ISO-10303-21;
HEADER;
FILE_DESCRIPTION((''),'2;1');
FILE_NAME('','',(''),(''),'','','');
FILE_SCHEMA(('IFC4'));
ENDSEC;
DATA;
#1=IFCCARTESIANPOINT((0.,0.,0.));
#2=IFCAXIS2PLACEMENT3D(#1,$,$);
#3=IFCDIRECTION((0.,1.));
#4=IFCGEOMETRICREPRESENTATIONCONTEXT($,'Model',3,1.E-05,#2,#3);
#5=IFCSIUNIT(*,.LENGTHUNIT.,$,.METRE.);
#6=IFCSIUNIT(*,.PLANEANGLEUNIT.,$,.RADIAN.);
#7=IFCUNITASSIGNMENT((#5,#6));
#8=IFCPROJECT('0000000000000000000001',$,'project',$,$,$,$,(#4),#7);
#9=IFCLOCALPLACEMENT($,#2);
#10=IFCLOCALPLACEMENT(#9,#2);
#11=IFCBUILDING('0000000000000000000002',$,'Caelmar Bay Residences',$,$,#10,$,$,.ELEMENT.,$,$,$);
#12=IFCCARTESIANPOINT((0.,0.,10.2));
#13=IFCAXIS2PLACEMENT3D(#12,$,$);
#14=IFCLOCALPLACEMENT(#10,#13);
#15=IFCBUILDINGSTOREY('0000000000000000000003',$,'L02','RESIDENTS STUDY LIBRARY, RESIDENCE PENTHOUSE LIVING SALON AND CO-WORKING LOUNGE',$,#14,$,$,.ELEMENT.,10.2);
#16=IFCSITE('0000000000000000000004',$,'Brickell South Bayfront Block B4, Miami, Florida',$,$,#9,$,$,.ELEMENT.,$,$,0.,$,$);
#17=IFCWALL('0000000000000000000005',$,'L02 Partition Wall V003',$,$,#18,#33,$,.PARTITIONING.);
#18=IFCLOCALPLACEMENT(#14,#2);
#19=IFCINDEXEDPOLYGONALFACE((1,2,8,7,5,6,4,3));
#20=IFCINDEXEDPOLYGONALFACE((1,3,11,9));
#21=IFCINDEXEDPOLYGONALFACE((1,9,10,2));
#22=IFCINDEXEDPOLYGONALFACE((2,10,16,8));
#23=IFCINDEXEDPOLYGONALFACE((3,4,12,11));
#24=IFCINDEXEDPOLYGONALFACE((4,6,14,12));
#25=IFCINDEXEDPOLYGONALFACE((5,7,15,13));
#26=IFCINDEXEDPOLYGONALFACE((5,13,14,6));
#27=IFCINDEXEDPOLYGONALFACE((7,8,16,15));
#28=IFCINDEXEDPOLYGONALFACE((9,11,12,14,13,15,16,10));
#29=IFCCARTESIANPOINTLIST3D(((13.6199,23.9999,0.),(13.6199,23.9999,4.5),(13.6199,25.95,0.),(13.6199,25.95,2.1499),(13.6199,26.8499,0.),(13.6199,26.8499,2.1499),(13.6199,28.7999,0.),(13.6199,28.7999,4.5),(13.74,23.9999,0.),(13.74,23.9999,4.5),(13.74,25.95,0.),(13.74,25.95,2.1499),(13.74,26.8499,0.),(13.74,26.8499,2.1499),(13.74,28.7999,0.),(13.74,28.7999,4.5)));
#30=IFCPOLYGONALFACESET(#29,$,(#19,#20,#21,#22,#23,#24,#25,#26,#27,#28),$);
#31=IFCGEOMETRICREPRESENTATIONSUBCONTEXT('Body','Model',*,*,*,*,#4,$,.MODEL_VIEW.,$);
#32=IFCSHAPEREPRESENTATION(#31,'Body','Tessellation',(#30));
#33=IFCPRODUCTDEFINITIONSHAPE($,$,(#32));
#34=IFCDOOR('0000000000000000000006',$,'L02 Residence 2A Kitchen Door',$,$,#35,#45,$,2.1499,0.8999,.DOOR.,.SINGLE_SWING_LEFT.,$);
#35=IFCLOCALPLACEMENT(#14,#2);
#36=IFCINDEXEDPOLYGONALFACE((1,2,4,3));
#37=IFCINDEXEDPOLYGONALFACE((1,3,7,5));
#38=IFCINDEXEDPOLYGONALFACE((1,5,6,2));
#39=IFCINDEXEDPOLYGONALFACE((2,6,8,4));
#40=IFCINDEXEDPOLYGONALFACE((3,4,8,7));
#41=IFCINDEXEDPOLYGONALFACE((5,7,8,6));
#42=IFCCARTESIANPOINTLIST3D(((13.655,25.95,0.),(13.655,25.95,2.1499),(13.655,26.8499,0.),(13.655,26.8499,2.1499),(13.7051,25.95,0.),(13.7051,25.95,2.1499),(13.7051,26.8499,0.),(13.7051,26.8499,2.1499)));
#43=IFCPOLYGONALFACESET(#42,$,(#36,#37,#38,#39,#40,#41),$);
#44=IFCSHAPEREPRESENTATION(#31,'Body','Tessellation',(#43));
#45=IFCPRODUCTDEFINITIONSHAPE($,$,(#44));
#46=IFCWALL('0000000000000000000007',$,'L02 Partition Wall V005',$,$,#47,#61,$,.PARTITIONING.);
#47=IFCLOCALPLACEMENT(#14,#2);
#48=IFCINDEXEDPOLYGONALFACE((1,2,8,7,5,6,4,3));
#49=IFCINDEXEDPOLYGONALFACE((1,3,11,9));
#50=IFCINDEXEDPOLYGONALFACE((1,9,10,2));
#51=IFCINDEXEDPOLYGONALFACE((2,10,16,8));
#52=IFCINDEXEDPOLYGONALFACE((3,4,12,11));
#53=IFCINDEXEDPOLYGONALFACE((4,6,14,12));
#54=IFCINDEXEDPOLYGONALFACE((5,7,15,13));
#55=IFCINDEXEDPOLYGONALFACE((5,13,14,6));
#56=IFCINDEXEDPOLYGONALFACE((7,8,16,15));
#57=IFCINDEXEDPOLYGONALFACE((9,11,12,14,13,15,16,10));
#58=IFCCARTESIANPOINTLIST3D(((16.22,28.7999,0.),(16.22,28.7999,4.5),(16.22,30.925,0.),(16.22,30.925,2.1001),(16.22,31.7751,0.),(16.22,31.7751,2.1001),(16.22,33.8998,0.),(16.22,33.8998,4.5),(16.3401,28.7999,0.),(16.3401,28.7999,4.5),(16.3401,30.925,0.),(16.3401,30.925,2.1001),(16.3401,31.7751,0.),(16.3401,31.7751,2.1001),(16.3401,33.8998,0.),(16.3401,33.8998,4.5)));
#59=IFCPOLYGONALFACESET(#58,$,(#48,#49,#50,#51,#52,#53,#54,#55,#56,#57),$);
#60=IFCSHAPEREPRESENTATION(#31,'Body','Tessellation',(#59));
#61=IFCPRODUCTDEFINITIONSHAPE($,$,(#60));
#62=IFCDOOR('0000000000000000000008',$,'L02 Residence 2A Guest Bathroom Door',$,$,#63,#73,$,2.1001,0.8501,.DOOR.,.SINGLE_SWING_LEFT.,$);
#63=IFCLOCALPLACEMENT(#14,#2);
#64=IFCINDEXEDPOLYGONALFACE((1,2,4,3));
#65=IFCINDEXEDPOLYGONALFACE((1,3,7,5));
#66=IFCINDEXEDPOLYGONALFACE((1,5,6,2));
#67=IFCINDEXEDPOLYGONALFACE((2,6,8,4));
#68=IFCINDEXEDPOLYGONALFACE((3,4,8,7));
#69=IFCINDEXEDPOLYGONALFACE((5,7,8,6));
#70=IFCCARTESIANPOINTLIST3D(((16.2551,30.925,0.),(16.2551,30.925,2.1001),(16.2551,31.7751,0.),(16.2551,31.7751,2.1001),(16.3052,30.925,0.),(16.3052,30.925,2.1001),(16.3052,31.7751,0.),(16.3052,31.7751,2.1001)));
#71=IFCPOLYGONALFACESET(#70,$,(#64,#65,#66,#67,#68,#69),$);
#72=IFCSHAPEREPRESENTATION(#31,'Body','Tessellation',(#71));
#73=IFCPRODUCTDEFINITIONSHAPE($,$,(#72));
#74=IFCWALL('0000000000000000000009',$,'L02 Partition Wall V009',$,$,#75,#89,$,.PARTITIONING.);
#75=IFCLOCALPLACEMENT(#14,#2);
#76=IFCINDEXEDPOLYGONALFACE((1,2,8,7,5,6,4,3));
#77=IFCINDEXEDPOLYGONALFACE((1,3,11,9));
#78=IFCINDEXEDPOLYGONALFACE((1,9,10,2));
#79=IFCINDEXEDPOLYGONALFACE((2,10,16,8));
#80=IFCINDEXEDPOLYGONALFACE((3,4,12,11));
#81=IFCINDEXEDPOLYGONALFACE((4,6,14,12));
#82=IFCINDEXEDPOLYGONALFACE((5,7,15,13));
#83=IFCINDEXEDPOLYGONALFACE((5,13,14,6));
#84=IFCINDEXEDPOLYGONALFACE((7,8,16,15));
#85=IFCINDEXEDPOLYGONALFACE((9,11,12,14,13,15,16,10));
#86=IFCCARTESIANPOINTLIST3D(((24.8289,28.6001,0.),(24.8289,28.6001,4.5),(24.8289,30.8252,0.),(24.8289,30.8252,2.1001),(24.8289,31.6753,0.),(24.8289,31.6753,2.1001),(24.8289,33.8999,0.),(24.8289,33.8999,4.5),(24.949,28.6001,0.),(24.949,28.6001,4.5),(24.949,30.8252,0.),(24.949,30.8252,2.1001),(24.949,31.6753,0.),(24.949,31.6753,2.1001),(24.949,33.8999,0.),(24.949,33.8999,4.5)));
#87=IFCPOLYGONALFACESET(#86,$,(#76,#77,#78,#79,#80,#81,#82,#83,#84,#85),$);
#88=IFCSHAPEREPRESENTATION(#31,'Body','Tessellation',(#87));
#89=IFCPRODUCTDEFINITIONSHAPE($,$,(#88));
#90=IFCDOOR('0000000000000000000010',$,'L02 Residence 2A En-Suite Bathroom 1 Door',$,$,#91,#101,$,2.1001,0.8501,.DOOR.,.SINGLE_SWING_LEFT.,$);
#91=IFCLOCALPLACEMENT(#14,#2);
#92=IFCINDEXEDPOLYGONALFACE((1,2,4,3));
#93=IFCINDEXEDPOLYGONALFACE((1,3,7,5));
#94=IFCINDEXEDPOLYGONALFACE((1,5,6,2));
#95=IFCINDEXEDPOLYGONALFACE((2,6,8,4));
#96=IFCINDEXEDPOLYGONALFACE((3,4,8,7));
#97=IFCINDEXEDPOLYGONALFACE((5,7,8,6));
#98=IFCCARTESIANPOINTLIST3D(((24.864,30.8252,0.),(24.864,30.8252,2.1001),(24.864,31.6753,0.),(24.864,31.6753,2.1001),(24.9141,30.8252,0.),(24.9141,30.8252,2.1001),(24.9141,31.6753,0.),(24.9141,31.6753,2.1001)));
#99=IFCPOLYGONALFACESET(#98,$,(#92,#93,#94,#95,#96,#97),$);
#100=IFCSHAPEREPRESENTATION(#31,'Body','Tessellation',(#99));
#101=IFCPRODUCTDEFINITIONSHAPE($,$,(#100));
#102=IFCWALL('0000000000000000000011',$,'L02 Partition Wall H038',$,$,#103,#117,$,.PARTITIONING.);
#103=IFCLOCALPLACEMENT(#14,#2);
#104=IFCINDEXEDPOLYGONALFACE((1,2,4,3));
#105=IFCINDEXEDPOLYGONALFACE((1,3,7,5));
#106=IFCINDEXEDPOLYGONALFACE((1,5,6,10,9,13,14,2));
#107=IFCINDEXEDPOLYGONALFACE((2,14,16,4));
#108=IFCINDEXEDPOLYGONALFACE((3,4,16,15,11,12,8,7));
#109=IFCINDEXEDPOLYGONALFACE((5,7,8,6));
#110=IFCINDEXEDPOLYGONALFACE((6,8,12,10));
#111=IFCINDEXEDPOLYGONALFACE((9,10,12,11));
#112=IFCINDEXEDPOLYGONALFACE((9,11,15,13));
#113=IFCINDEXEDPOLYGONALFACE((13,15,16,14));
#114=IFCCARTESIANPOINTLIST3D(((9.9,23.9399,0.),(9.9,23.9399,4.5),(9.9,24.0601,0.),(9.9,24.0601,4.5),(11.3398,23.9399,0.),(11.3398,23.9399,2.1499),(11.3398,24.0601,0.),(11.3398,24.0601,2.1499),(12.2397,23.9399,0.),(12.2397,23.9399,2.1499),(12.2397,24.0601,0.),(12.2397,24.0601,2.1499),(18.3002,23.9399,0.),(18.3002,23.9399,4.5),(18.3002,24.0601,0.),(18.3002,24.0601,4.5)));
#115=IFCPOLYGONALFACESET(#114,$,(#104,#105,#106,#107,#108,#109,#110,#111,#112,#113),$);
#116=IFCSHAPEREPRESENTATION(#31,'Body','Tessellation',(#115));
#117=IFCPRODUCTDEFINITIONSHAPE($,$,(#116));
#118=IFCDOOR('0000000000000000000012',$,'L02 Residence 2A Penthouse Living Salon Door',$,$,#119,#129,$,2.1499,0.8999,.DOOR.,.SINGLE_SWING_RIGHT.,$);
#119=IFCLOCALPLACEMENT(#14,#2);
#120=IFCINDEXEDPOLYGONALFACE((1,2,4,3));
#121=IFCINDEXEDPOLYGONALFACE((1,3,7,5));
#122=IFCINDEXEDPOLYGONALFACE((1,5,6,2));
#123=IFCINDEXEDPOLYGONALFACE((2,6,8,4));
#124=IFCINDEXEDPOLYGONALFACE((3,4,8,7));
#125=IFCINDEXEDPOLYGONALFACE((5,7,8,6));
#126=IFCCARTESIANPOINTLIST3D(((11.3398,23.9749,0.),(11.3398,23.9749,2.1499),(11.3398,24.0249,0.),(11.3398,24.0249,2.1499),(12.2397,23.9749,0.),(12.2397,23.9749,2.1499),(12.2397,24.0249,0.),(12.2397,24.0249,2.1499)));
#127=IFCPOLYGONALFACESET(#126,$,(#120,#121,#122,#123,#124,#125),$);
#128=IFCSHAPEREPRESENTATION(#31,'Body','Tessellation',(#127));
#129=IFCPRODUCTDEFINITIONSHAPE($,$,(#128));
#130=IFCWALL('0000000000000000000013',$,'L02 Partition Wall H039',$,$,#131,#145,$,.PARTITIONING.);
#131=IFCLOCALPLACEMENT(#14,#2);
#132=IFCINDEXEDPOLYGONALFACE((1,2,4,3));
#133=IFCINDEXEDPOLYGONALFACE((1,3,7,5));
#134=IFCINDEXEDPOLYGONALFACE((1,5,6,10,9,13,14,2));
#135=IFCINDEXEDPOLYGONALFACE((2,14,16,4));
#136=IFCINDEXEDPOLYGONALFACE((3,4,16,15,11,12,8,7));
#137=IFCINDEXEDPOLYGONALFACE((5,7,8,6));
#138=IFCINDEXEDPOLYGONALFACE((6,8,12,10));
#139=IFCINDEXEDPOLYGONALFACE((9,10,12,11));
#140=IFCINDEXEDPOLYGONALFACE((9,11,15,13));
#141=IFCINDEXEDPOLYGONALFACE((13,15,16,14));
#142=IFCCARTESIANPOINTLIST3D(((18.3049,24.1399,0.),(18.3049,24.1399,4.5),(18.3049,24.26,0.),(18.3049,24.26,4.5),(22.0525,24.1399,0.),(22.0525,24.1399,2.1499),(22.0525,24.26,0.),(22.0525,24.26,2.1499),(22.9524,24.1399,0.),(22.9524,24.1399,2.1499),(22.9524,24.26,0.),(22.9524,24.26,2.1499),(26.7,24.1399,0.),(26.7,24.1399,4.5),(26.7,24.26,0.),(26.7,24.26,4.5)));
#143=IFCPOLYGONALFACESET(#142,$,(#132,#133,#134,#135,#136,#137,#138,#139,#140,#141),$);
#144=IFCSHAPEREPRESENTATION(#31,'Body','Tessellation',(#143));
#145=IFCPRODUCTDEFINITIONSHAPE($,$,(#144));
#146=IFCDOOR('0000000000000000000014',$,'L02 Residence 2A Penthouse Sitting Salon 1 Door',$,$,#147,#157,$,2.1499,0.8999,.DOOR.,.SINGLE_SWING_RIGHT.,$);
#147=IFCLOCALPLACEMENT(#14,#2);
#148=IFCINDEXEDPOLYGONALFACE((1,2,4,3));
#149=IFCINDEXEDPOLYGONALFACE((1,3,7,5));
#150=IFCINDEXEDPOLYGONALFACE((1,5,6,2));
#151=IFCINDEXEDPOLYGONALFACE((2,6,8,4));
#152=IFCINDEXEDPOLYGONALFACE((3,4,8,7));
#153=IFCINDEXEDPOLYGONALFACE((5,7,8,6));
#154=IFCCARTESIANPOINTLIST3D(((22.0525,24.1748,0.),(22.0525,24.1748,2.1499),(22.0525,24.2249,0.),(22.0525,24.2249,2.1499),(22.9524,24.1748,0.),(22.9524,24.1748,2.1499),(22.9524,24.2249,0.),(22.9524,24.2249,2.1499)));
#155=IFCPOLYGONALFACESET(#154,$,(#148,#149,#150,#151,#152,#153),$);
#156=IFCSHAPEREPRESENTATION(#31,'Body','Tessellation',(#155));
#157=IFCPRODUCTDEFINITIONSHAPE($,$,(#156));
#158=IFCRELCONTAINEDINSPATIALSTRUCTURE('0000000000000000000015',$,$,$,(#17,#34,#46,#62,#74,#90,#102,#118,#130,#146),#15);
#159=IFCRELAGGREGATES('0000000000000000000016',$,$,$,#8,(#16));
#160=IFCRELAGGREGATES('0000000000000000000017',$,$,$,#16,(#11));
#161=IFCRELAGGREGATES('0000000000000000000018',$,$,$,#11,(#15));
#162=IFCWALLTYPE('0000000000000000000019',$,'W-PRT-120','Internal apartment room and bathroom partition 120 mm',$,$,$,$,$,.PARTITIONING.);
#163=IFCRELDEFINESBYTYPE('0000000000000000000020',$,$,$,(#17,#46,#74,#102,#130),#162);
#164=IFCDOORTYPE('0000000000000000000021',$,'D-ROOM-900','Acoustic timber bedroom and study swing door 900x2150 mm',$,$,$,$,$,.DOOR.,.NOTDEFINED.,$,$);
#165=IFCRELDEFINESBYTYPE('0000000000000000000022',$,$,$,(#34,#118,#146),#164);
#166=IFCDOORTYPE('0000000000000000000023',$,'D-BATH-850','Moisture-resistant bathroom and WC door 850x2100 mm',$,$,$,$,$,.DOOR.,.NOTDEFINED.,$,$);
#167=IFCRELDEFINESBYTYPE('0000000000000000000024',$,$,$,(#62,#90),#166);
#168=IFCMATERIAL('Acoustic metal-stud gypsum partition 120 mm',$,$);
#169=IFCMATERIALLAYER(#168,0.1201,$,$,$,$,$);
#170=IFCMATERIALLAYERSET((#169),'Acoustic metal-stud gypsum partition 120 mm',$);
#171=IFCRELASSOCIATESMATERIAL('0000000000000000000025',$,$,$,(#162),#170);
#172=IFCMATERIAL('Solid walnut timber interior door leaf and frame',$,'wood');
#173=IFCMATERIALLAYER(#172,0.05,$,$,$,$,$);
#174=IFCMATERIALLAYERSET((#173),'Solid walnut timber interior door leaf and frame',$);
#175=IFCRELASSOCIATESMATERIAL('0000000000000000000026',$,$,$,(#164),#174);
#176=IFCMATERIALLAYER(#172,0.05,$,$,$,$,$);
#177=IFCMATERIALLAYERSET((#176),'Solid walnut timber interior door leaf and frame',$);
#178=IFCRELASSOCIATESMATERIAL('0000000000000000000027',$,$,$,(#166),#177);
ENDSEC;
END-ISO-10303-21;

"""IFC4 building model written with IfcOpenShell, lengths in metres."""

from ifc_helpers import new_model, si_unit, direction, frame, frame_2d, origin, place, context, subcontext, project, spatial, rectangle, extrude, material, layer, layer_set, type_object, element, fill, save


model = new_model("IFC4")

# Units and contexts
model_context = context("Model", 3, precision=1e-05, world=origin(), true_north=direction((0.0, 1.0)))
body_context = subcontext(model_context, "Body", "Model", "MODEL_VIEW")
ifc_project = project(units=[si_unit("LENGTHUNIT", "METRE"), si_unit("PLANEANGLEUNIT", "RADIAN")], contexts=[model_context])

# Site, building, storey
site_placement = place(None, origin())
site = spatial("IfcSite", under=ifc_project, at=site_placement, Name="Brickell South Bayfront Block B4, Miami, Florida", CompositionType="ELEMENT", RefElevation=0.0)
building_placement = place(site_placement, origin())
building = spatial("IfcBuilding", under=site, at=building_placement, Name="Caelmar Bay Residences", CompositionType="ELEMENT")
storey_placement = place(building_placement, frame((0.0, 0.0, 10.2)))
storey = spatial("IfcBuildingStorey", under=building, at=storey_placement, Name="L02", Description="RESIDENTS STUDY LIBRARY, RESIDENCE PENTHOUSE LIVING SALON AND CO-WORKING LOUNGE", CompositionType="ELEMENT", Elevation=10.2)

# Walls, openings, doors
ifc_material_1 = material(Name="Acoustic metal-stud gypsum partition 120 mm")
ifc_layer_1 = layer(ifc_material_1, 0.1201)
ifc_layer_set_1 = layer_set([ifc_layer_1], Name="Acoustic metal-stud gypsum partition 120 mm")
wall_type = type_object("IfcWallType", Name="W-PRT-120", Description="Internal apartment room and bathroom partition 120 mm", PredefinedType="PARTITIONING", material=ifc_layer_set_1)
wall_1_placement = place(storey_placement, frame((13.6799, 24.0, 0.0), z_axis=(0.0, 0.0, 1.0), x_axis=(0.0, 1.0, 0.0)))
wall_1 = element("IfcWall", 1, at=wall_1_placement, inside=storey, type_object=wall_type, Name="L02 Partition Wall V003", PredefinedType="PARTITIONING", context=body_context, shape_type="SweptSolid", body=[
    extrude(rectangle(XDim=4.8, YDim=0.1201, at=frame_2d((2.3999, 0.0))), origin(), (0.0, 0.0, 1.0), 4.5),
])
opening_1_placement = place(wall_1_placement, frame((1.95, 0.0, 0.0)))
opening_1 = element("IfcOpeningElement", 2, at=opening_1_placement, cuts=wall_1, PredefinedType="OPENING", context=body_context, shape_type="SweptSolid", body=[
    extrude(rectangle(XDim=0.8999, YDim=2.1499, at=frame_2d((0.45, 1.075))), frame((0.0, 0.0701, 0.0), z_axis=(0.0, -1.0, 0.0), x_axis=(1.0, 0.0, 0.0)), (0.0, 0.0, 1.0), 0.1401),
])
ifc_material_2 = material(Name="Solid walnut timber interior door leaf and frame", Category="wood")
ifc_layer_2 = layer(ifc_material_2, 0.05)
ifc_layer_set_2 = layer_set([ifc_layer_2], Name="Solid walnut timber interior door leaf and frame")
door_type_1 = type_object("IfcDoorType", Name="D-ROOM-900", Description="Acoustic timber bedroom and study swing door 900x2150 mm", OperationType="NOTDEFINED", PredefinedType="DOOR", material=ifc_layer_set_2)
door_1_placement = place(opening_1_placement, origin())
door_1 = element("IfcDoor", 3, at=door_1_placement, inside=storey, type_object=door_type_1, Name="L02 Residence 2A Kitchen Door", OperationType="SINGLE_SWING_LEFT", OverallHeight=2.1499, OverallWidth=0.8999, PredefinedType="DOOR", context=body_context, shape_type="SweptSolid", body=[
    extrude(rectangle(XDim=0.8999, YDim=2.1499, at=frame_2d((0.45, 1.075))), frame((0.0, 0.0249, 0.0), z_axis=(0.0, -1.0, 0.0), x_axis=(1.0, 0.0, 0.0)), (0.0, 0.0, 1.0), 0.05),
])
fill(opening_1, door_1)
wall_2_placement = place(storey_placement, frame((16.28, 28.8, 0.0), z_axis=(0.0, 0.0, 1.0), x_axis=(0.0, 1.0, 0.0)))
wall_2 = element("IfcWall", 4, at=wall_2_placement, inside=storey, type_object=wall_type, Name="L02 Partition Wall V005", PredefinedType="PARTITIONING", context=body_context, shape_type="SweptSolid", body=[
    extrude(rectangle(XDim=5.0999, YDim=0.1201, at=frame_2d((2.5498, 0.0))), origin(), (0.0, 0.0, 1.0), 4.5),
])
opening_2_placement = place(wall_2_placement, frame((2.125, 0.0, 0.0)))
opening_2 = element("IfcOpeningElement", 5, at=opening_2_placement, cuts=wall_2, PredefinedType="OPENING", context=body_context, shape_type="SweptSolid", body=[
    extrude(rectangle(XDim=0.8501, YDim=2.1001, at=frame_2d((0.425, 1.05))), frame((0.0, 0.0701, 0.0), z_axis=(0.0, -1.0, 0.0), x_axis=(1.0, 0.0, 0.0)), (0.0, 0.0, 1.0), 0.1401),
])
ifc_layer_3 = layer(ifc_material_2, 0.05)
ifc_layer_set_3 = layer_set([ifc_layer_3], Name="Solid walnut timber interior door leaf and frame")
door_type_2 = type_object("IfcDoorType", Name="D-BATH-850", Description="Moisture-resistant bathroom and WC door 850x2100 mm", OperationType="NOTDEFINED", PredefinedType="DOOR", material=ifc_layer_set_3)
door_2_placement = place(opening_2_placement, origin())
door_2 = element("IfcDoor", 6, at=door_2_placement, inside=storey, type_object=door_type_2, Name="L02 Residence 2A Guest Bathroom Door", OperationType="SINGLE_SWING_LEFT", OverallHeight=2.1001, OverallWidth=0.8501, PredefinedType="DOOR", context=body_context, shape_type="SweptSolid", body=[
    extrude(rectangle(XDim=0.8501, YDim=2.1001, at=frame_2d((0.425, 1.05))), frame((0.0, 0.0249, 0.0), z_axis=(0.0, -1.0, 0.0), x_axis=(1.0, 0.0, 0.0)), (0.0, 0.0, 1.0), 0.05),
])
fill(opening_2, door_2)
wall_3_placement = place(storey_placement, frame((24.8889, 28.6001, 0.0), z_axis=(0.0, 0.0, 1.0), x_axis=(0.0, 1.0, 0.0)))
wall_3 = element("IfcWall", 7, at=wall_3_placement, inside=storey, type_object=wall_type, Name="L02 Partition Wall V009", PredefinedType="PARTITIONING", context=body_context, shape_type="SweptSolid", body=[
    extrude(rectangle(XDim=5.2998, YDim=0.1201, at=frame_2d((2.6499, 0.0))), origin(), (0.0, 0.0, 1.0), 4.5),
])
opening_3_placement = place(wall_3_placement, frame((2.2251, 0.0, 0.0)))
opening_3 = element("IfcOpeningElement", 8, at=opening_3_placement, cuts=wall_3, PredefinedType="OPENING", context=body_context, shape_type="SweptSolid", body=[
    extrude(rectangle(XDim=0.8501, YDim=2.1001, at=frame_2d((0.425, 1.05))), frame((0.0, 0.0701, 0.0), z_axis=(0.0, -1.0, 0.0), x_axis=(1.0, 0.0, 0.0)), (0.0, 0.0, 1.0), 0.1401),
])
door_3_placement = place(opening_3_placement, origin())
door_3 = element("IfcDoor", 9, at=door_3_placement, inside=storey, type_object=door_type_2, Name="L02 Residence 2A En-Suite Bathroom 1 Door", OperationType="SINGLE_SWING_LEFT", OverallHeight=2.1001, OverallWidth=0.8501, PredefinedType="DOOR", context=body_context, shape_type="SweptSolid", body=[
    extrude(rectangle(XDim=0.8501, YDim=2.1001, at=frame_2d((0.425, 1.05))), frame((0.0, 0.0249, 0.0), z_axis=(0.0, -1.0, 0.0), x_axis=(1.0, 0.0, 0.0)), (0.0, 0.0, 1.0), 0.05),
])
fill(opening_3, door_3)
wall_4_placement = place(storey_placement, frame((9.8999, 24.0, 0.0), z_axis=(0.0, 0.0, 1.0), x_axis=(1.0, 0.0, 0.0)))
wall_4 = element("IfcWall", 10, at=wall_4_placement, inside=storey, type_object=wall_type, Name="L02 Partition Wall H038", PredefinedType="PARTITIONING", context=body_context, shape_type="SweptSolid", body=[
    extrude(rectangle(XDim=8.4001, YDim=0.1201, at=frame_2d((4.2002, 0.0))), origin(), (0.0, 0.0, 1.0), 4.5),
])
opening_4_placement = place(wall_4_placement, frame((1.4399, 0.0, 0.0)))
opening_4 = element("IfcOpeningElement", 11, at=opening_4_placement, cuts=wall_4, PredefinedType="OPENING", context=body_context, shape_type="SweptSolid", body=[
    extrude(rectangle(XDim=0.8999, YDim=2.1499, at=frame_2d((0.45, 1.075))), frame((0.0, 0.0701, 0.0), z_axis=(0.0, -1.0, 0.0), x_axis=(1.0, 0.0, 0.0)), (0.0, 0.0, 1.0), 0.1401),
])
door_4_placement = place(opening_4_placement, origin())
door_4 = element("IfcDoor", 12, at=door_4_placement, inside=storey, type_object=door_type_1, Name="L02 Residence 2A Penthouse Living Salon Door", OperationType="SINGLE_SWING_RIGHT", OverallHeight=2.1499, OverallWidth=0.8999, PredefinedType="DOOR", context=body_context, shape_type="SweptSolid", body=[
    extrude(rectangle(XDim=0.8999, YDim=2.1499, at=frame_2d((0.45, 1.075))), frame((0.0, 0.0249, 0.0), z_axis=(0.0, -1.0, 0.0), x_axis=(1.0, 0.0, 0.0)), (0.0, 0.0, 1.0), 0.05),
])
fill(opening_4, door_4)
wall_5_placement = place(storey_placement, frame((18.3049, 24.2, 0.0), z_axis=(0.0, 0.0, 1.0), x_axis=(1.0, 0.0, 0.0)))
wall_5 = element("IfcWall", 13, at=wall_5_placement, inside=storey, type_object=wall_type, Name="L02 Partition Wall H039", PredefinedType="PARTITIONING", context=body_context, shape_type="SweptSolid", body=[
    extrude(rectangle(XDim=8.395, YDim=0.1201, at=frame_2d((4.1975, 0.0))), origin(), (0.0, 0.0, 1.0), 4.5),
])
opening_5_placement = place(wall_5_placement, frame((3.7476, 0.0, 0.0)))
opening_5 = element("IfcOpeningElement", 14, at=opening_5_placement, cuts=wall_5, PredefinedType="OPENING", context=body_context, shape_type="SweptSolid", body=[
    extrude(rectangle(XDim=0.8999, YDim=2.1499, at=frame_2d((0.45, 1.075))), frame((0.0, 0.0701, 0.0), z_axis=(0.0, -1.0, 0.0), x_axis=(1.0, 0.0, 0.0)), (0.0, 0.0, 1.0), 0.1401),
])
door_5_placement = place(opening_5_placement, origin())
door_5 = element("IfcDoor", 15, at=door_5_placement, inside=storey, type_object=door_type_1, Name="L02 Residence 2A Penthouse Sitting Salon 1 Door", OperationType="SINGLE_SWING_RIGHT", OverallHeight=2.1499, OverallWidth=0.8999, PredefinedType="DOOR", context=body_context, shape_type="SweptSolid", body=[
    extrude(rectangle(XDim=0.8999, YDim=2.1499, at=frame_2d((0.45, 1.075))), frame((0.0, 0.0249, 0.0), z_axis=(0.0, -1.0, 0.0), x_axis=(1.0, 0.0, 0.0)), (0.0, 0.0, 1.0), 0.05),
])
fill(opening_5, door_5)

save(model, "model.ifc")
